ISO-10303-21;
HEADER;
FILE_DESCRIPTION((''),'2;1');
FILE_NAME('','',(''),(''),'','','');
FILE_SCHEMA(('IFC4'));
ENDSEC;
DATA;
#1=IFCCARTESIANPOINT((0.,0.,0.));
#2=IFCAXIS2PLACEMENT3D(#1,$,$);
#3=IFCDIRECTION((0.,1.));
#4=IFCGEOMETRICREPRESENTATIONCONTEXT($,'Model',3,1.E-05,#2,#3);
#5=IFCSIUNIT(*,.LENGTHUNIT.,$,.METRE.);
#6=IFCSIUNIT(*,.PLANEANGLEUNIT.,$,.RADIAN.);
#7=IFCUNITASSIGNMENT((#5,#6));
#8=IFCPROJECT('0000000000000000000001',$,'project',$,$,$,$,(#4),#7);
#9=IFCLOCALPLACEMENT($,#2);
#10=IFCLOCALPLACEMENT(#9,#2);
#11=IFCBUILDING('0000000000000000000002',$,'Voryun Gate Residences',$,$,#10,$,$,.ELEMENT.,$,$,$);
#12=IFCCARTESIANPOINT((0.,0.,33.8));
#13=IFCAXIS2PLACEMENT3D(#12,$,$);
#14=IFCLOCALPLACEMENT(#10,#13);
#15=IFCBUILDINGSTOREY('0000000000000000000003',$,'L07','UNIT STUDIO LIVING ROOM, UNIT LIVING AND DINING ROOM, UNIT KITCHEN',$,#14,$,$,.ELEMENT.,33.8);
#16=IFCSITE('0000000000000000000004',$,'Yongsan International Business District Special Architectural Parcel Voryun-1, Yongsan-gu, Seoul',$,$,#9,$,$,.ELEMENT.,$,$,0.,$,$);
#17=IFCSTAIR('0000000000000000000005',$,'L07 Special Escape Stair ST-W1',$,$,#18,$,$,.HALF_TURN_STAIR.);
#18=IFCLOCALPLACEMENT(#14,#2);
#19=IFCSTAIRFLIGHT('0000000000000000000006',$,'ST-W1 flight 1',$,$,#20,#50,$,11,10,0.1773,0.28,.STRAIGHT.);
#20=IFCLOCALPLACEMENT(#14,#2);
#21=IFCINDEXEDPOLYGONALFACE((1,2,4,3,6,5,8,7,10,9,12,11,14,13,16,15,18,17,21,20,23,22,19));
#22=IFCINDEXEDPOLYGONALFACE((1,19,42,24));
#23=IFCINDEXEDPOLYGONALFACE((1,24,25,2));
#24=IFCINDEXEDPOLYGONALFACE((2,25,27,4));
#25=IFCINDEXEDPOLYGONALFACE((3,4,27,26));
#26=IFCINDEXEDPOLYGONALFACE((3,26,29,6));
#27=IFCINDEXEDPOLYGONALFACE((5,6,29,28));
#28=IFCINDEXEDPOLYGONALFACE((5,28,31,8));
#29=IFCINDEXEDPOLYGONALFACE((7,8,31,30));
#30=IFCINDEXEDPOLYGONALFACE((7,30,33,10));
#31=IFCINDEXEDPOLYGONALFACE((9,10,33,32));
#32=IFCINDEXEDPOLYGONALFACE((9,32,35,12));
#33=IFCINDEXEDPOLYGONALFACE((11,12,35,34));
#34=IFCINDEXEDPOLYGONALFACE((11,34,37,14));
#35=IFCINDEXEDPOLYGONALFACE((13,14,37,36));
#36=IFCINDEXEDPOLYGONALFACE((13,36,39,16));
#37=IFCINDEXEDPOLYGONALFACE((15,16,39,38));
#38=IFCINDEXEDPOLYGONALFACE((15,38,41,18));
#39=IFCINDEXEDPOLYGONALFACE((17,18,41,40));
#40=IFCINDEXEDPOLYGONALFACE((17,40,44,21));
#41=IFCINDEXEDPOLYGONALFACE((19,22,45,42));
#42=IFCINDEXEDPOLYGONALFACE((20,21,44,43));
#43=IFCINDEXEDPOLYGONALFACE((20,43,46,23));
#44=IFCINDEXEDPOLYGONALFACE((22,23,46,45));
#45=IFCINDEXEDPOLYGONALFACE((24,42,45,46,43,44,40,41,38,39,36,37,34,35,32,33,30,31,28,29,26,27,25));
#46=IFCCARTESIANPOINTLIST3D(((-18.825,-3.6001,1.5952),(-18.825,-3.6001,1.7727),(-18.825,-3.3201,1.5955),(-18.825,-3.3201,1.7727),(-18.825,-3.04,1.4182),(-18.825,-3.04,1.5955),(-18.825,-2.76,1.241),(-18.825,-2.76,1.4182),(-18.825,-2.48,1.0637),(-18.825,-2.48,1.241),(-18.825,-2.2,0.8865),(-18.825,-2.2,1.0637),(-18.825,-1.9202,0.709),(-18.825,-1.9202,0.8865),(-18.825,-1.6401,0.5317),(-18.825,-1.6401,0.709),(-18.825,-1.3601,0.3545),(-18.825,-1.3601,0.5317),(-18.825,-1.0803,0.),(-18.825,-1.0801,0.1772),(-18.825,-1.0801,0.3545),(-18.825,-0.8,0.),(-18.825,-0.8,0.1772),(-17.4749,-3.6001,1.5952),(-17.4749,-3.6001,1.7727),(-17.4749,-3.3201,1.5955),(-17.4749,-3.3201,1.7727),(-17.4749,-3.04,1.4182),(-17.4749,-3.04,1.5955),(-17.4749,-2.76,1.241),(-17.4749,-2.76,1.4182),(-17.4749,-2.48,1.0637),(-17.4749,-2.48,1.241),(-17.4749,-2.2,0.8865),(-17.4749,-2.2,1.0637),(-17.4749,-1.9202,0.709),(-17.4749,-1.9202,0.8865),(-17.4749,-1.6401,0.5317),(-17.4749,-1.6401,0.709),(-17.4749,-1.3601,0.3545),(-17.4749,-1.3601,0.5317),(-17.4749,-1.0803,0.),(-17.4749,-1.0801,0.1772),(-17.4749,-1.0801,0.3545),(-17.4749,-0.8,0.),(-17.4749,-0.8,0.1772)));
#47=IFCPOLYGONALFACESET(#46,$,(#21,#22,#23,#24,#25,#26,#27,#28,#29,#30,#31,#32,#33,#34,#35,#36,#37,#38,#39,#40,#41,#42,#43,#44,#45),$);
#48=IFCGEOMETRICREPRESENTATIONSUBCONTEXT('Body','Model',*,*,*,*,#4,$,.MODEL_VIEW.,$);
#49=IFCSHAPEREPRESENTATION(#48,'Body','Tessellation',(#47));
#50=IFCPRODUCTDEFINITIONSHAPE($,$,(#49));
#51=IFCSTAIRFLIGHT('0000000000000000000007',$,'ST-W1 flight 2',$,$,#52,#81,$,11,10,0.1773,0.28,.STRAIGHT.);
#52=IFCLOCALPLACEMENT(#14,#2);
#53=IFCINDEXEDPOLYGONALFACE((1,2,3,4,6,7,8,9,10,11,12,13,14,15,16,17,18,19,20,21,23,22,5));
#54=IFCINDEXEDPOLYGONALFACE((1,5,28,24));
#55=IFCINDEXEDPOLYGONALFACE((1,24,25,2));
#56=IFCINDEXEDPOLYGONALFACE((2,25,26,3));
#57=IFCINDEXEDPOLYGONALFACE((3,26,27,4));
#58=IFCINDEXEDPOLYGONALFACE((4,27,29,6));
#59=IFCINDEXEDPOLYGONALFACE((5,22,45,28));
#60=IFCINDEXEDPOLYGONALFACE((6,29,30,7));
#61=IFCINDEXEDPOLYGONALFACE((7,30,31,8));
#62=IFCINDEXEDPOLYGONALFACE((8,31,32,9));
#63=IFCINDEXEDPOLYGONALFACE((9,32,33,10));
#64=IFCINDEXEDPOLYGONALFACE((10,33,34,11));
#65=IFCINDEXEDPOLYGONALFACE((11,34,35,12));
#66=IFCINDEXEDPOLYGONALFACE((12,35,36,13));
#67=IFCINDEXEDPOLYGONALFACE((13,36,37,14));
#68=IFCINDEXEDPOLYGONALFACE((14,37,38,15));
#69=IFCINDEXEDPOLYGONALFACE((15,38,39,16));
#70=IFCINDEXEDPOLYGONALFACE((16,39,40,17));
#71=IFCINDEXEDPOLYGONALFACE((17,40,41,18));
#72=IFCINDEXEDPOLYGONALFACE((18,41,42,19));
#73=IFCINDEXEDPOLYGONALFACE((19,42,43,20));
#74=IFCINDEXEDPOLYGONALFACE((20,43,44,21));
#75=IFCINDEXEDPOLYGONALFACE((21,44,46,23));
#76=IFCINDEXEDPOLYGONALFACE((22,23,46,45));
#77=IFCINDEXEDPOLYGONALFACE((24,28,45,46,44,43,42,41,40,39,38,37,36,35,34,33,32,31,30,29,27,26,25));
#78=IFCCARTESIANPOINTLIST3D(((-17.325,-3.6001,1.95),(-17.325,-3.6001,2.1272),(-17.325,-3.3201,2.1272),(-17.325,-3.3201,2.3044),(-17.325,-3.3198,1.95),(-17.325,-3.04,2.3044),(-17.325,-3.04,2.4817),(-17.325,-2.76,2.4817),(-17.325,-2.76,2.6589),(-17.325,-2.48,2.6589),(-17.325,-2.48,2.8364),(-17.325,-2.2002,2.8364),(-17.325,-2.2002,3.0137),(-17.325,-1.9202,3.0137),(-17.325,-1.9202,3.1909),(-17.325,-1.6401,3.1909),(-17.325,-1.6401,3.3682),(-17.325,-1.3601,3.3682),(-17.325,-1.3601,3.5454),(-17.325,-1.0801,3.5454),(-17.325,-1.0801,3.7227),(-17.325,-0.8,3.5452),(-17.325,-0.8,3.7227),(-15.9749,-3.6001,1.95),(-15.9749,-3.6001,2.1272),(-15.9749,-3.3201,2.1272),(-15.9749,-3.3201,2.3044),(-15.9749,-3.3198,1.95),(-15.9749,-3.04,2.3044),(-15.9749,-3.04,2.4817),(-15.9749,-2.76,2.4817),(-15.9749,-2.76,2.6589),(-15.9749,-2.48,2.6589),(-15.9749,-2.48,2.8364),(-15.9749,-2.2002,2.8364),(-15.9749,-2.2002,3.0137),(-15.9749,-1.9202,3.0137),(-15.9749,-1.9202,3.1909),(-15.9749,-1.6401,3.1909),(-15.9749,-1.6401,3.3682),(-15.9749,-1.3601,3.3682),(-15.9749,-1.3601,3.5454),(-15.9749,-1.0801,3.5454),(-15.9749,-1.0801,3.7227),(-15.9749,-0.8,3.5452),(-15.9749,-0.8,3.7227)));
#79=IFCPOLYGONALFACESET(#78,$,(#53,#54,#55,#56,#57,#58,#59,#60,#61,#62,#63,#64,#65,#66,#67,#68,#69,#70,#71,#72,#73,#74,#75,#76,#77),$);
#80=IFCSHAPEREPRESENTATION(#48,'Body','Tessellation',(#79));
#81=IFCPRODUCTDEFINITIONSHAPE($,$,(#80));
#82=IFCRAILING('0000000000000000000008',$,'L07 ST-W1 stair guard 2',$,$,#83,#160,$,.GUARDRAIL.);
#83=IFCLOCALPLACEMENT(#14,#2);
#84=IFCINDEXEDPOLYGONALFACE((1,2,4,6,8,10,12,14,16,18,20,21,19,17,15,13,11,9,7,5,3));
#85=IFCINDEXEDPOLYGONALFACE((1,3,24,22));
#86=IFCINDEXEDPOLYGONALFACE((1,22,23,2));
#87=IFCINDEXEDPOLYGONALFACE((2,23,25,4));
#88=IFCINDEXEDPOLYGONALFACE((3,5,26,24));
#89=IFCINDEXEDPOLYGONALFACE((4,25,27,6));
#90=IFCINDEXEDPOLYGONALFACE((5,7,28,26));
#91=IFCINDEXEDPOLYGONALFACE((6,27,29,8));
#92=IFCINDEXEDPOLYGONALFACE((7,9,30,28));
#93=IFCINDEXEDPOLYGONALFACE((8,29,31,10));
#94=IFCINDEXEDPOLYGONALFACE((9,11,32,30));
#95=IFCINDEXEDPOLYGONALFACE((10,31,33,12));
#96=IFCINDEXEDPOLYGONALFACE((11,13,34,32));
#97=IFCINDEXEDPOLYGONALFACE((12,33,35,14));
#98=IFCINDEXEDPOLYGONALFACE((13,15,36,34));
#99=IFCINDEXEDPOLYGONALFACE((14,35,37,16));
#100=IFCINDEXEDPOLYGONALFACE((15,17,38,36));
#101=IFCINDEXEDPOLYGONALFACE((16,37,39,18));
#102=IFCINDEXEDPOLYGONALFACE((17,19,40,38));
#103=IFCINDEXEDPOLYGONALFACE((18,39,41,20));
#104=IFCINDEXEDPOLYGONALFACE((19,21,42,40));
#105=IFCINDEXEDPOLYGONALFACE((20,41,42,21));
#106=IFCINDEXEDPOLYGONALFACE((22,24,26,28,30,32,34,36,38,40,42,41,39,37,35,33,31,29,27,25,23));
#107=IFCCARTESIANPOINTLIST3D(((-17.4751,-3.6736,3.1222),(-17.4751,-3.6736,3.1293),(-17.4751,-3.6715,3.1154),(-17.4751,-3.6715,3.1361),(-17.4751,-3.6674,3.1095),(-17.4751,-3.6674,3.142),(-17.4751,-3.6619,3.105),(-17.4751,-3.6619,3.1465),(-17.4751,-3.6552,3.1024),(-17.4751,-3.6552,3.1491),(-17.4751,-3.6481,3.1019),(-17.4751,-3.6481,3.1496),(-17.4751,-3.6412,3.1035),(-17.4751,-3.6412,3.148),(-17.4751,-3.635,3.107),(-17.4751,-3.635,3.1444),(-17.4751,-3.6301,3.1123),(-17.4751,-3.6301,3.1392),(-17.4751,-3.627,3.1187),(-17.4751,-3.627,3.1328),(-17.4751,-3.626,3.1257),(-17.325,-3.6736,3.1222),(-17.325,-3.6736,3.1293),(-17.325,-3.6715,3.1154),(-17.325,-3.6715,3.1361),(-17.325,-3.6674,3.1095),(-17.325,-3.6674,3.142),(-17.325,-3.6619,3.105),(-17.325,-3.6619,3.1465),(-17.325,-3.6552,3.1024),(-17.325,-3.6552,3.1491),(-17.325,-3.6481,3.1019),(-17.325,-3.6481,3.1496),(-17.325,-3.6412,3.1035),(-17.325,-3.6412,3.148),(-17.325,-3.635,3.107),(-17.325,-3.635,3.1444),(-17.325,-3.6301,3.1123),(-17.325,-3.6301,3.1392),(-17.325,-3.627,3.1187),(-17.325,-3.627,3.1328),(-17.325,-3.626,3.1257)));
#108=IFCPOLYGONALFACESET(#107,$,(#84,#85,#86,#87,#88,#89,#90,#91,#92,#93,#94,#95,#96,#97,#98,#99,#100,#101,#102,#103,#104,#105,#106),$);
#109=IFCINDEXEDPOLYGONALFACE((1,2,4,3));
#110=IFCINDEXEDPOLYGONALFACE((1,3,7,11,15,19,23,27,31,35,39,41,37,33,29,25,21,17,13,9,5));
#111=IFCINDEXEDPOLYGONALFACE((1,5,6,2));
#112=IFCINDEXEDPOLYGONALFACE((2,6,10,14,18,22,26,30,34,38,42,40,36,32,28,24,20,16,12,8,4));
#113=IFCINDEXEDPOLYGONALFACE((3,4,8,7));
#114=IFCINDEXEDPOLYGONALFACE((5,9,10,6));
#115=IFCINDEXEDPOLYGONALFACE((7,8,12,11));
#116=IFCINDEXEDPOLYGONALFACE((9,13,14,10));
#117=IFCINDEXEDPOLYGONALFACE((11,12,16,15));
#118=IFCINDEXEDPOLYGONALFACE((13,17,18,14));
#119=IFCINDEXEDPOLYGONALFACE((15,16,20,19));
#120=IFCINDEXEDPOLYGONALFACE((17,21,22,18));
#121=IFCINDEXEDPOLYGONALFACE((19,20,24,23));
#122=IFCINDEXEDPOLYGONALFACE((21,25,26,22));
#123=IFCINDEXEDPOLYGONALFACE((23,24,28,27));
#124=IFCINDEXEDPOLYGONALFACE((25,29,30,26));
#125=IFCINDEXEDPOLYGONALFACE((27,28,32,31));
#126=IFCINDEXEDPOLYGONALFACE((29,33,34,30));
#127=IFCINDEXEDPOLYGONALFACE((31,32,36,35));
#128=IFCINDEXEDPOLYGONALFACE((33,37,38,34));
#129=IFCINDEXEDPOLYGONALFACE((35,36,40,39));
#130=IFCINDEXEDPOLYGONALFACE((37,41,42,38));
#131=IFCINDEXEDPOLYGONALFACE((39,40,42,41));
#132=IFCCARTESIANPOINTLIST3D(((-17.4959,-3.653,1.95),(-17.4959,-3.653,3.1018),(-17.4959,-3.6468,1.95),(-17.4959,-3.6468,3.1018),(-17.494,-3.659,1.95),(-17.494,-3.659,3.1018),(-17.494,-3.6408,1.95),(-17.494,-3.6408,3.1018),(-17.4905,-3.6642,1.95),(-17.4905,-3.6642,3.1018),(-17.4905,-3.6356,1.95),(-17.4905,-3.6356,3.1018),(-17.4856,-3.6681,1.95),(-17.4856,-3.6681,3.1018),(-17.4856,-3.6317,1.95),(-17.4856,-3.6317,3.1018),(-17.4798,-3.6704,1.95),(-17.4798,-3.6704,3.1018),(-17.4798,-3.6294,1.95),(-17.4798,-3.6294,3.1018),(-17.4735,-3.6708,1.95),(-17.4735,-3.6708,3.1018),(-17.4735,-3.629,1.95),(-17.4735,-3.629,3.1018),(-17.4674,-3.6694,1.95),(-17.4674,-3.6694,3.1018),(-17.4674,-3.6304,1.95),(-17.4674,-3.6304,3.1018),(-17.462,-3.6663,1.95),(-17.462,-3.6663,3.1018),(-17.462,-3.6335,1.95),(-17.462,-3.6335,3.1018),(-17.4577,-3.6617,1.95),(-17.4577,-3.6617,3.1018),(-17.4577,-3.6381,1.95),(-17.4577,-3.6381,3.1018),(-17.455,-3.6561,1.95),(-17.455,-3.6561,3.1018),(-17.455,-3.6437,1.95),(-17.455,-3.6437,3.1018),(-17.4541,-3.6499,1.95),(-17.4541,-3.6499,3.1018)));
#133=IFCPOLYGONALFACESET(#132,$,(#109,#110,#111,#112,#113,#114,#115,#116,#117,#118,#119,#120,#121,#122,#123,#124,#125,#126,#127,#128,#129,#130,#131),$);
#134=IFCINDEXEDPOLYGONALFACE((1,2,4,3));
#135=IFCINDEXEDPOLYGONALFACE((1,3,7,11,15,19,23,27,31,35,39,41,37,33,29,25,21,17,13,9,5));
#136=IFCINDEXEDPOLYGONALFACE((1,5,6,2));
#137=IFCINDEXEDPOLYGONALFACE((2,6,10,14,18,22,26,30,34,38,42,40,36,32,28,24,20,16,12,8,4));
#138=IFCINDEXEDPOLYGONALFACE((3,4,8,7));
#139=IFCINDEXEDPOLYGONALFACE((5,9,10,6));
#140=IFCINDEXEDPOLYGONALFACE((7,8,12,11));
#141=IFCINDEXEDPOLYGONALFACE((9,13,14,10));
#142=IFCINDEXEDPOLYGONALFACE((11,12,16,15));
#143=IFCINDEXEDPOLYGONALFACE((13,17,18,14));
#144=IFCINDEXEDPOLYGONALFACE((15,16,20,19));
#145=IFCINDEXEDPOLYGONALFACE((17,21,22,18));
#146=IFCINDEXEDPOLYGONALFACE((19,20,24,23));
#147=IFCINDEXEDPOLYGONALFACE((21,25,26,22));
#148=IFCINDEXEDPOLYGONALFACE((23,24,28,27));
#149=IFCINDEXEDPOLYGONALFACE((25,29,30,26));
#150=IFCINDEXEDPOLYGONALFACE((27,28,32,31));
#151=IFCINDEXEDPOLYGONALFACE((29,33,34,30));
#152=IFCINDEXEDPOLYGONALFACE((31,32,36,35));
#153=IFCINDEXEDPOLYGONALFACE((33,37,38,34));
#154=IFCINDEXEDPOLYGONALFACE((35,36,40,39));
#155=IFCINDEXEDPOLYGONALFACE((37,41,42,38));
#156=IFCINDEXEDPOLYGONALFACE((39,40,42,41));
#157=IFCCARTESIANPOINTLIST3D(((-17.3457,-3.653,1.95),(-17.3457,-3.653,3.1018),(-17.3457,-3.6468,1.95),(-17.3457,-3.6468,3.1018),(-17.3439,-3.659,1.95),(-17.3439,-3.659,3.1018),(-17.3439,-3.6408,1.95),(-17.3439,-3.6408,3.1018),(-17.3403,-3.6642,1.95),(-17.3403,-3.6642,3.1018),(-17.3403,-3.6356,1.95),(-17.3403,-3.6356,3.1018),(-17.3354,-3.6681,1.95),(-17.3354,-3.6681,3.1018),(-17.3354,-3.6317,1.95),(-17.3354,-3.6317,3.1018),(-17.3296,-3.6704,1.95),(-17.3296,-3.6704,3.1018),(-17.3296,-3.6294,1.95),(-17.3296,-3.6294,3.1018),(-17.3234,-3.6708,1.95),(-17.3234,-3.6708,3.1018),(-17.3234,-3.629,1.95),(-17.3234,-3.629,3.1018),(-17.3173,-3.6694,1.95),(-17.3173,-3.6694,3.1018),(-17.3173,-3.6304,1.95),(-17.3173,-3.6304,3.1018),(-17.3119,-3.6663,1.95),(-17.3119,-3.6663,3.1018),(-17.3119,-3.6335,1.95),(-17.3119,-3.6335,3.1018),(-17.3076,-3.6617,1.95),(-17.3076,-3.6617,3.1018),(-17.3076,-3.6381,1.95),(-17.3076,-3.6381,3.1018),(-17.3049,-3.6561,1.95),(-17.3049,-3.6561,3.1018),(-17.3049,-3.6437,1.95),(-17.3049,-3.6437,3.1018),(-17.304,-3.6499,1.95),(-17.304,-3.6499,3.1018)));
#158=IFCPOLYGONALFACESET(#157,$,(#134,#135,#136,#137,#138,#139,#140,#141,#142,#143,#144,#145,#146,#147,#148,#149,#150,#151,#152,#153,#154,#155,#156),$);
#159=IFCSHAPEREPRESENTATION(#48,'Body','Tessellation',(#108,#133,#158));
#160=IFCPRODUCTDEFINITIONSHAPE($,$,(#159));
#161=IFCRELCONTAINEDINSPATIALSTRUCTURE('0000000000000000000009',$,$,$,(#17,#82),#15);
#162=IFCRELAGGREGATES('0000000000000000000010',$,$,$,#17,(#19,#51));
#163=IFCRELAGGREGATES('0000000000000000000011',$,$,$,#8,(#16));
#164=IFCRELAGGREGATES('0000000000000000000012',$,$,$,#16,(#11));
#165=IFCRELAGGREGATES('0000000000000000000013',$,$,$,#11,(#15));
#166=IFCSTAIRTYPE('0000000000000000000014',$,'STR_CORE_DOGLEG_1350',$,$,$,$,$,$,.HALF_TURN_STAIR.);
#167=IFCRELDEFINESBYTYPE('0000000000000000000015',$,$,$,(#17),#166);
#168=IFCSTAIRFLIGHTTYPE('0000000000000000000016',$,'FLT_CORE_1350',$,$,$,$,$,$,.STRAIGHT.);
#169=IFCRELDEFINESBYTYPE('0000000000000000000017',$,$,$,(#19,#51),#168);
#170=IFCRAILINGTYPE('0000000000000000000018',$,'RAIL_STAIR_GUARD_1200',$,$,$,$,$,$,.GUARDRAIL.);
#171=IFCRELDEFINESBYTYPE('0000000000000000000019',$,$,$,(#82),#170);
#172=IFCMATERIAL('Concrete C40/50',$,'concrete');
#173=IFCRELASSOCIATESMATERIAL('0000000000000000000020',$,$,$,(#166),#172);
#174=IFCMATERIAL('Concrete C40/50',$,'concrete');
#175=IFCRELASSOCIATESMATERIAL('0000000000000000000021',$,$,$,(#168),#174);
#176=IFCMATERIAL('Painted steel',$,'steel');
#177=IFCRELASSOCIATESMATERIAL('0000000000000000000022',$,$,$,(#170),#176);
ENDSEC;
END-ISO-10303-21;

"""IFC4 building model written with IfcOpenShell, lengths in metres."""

from ifc_helpers import new_model, si_unit, direction, frame, origin, origin_2d, place, context, subcontext, project, spatial, polyline, circle, outline, extrude, material, type_object, element, aggregate, save


model = new_model("IFC4")

# Units and contexts
model_context = context("Model", 3, precision=1e-05, world=origin(), true_north=direction((0.0, 1.0)))
body_context = subcontext(model_context, "Body", "Model", "MODEL_VIEW")
ifc_project = project(units=[si_unit("LENGTHUNIT", "METRE"), si_unit("PLANEANGLEUNIT", "RADIAN")], contexts=[model_context])

# Site, building, storey
site_placement = place(None, origin())
site = spatial("IfcSite", under=ifc_project, at=site_placement, Name="Yongsan International Business District Special Architectural Parcel Voryun-1, Yongsan-gu, Seoul", CompositionType="ELEMENT", RefElevation=0.0)
building_placement = place(site_placement, origin())
building = spatial("IfcBuilding", under=site, at=building_placement, Name="Voryun Gate Residences", CompositionType="ELEMENT")
storey_placement = place(building_placement, frame((0.0, 0.0, 33.8)))
storey = spatial("IfcBuildingStorey", under=building, at=storey_placement, Name="L07", Description="UNIT STUDIO LIVING ROOM, UNIT LIVING AND DINING ROOM, UNIT KITCHEN", CompositionType="ELEMENT", Elevation=33.8)

# Stair, stair flights
ifc_material_1 = material(Name="Concrete C40/50", Category="concrete")
stair_type = type_object("IfcStairType", Name="STR_CORE_DOGLEG_1350", PredefinedType="HALF_TURN_STAIR", material=ifc_material_1)
stair_placement = place(storey_placement, origin())
stair = element("IfcStair", 1, at=stair_placement, inside=storey, type_object=stair_type, Name="L07 Special Escape Stair ST-W1", PredefinedType="HALF_TURN_STAIR")
ifc_material_2 = material(Name="Concrete C40/50", Category="concrete")
stair_flight_type = type_object("IfcStairFlightType", Name="FLT_CORE_1350", PredefinedType="STRAIGHT", material=ifc_material_2)
stair_flight_1_placement = place(storey_placement, frame((-18.1499, -0.8, 0.0), z_axis=(0.0, 0.0, 1.0), x_axis=(0.0, -1.0, 0.0)))
stair_flight_1 = element("IfcStairFlight", 2, at=stair_flight_1_placement, type_object=stair_flight_type, Name="ST-W1 flight 1", NumberOfRisers=11, NumberOfTreads=10, PredefinedType="STRAIGHT", RiserHeight=0.1773, TreadLength=0.28, context=body_context, shape_type="SweptSolid", body=[
    extrude(outline(polyline([(0.0, 0.0), (0.0, 0.1772), (0.28, 0.1772), (0.28, 0.3545), (0.5601, 0.3545), (0.5601, 0.5317), (0.8401, 0.5317), (0.8401, 0.709), (1.1201, 0.709), (1.1201, 0.8865), (1.3999, 0.8865), (1.3999, 1.0637), (1.6799, 1.0637), (1.6799, 1.241), (1.96, 1.241), (1.96, 1.4182), (2.24, 1.4182), (2.24, 1.5955), (2.52, 1.5955), (2.52, 1.7727), (2.8, 1.7727), (2.8, 1.95), (2.8, 1.5952), (0.2803, 0.0), (0.0, 0.0)])), frame((0.0, 0.675, 0.0), z_axis=(0.0, -1.0, 0.0), x_axis=(1.0, 0.0, 0.0)), (0.0, 0.0, 1.0), 1.3501),
])
stair_flight_2_placement = place(storey_placement, frame((-16.6499, -3.6001, 1.95), z_axis=(0.0, 0.0, 1.0), x_axis=(0.0, 1.0, 0.0)))
stair_flight_2 = element("IfcStairFlight", 3, at=stair_flight_2_placement, type_object=stair_flight_type, Name="ST-W1 flight 2", NumberOfRisers=11, NumberOfTreads=10, PredefinedType="STRAIGHT", RiserHeight=0.1773, TreadLength=0.28, context=body_context, shape_type="SweptSolid", body=[
    extrude(outline(polyline([(0.0, 0.0), (0.0, 0.1772), (0.28, 0.1772), (0.28, 0.3545), (0.5601, 0.3545), (0.5601, 0.5317), (0.8401, 0.5317), (0.8401, 0.709), (1.1201, 0.709), (1.1201, 0.8865), (1.3999, 0.8865), (1.3999, 1.0637), (1.6799, 1.0637), (1.6799, 1.241), (1.96, 1.241), (1.96, 1.4182), (2.24, 1.4182), (2.24, 1.5955), (2.52, 1.5955), (2.52, 1.7727), (2.8, 1.7727), (2.8, 1.95), (2.8, 1.5952), (0.2803, 0.0), (0.0, 0.0)])), frame((0.0, 0.675, 0.0), z_axis=(0.0, -1.0, 0.0), x_axis=(1.0, 0.0, 0.0)), (0.0, 0.0, 1.0), 1.3501),
])
aggregate(stair, [stair_flight_1, stair_flight_2])

# Railing
ifc_material_3 = material(Name="Painted steel", Category="steel")
railing_type_1 = type_object("IfcRailingType", Name="RAIL_STAIR_GUARD_1200", PredefinedType="GUARDRAIL", material=ifc_material_3)
railing_1_placement = place(storey_placement, frame((-17.4751, -3.6499, 1.95)))
element("IfcRailing", 4, at=railing_1_placement, inside=storey, type_object=railing_type_1, Name="L07 ST-W1 stair guard 2", PredefinedType="GUARDRAIL", context=body_context, shape_type="SweptSolid", body=[
    extrude(circle(Radius=0.0239, at=origin_2d()), frame((0.0, 0.0, 1.1758), z_axis=(1.0, 0.0, 0.0), x_axis=(0.0, 1.0, 0.0)), (0.0, 0.0, 1.0), 0.1501),
    extrude(circle(Radius=0.021, at=origin_2d()), origin(), (0.0, 0.0, 1.0), 1.1519),
    extrude(circle(Radius=0.021, at=origin_2d()), frame((0.1501, 0.0, 0.0)), (0.0, 0.0, 1.0), 1.1519),
])

save(model, "model.ifc")
